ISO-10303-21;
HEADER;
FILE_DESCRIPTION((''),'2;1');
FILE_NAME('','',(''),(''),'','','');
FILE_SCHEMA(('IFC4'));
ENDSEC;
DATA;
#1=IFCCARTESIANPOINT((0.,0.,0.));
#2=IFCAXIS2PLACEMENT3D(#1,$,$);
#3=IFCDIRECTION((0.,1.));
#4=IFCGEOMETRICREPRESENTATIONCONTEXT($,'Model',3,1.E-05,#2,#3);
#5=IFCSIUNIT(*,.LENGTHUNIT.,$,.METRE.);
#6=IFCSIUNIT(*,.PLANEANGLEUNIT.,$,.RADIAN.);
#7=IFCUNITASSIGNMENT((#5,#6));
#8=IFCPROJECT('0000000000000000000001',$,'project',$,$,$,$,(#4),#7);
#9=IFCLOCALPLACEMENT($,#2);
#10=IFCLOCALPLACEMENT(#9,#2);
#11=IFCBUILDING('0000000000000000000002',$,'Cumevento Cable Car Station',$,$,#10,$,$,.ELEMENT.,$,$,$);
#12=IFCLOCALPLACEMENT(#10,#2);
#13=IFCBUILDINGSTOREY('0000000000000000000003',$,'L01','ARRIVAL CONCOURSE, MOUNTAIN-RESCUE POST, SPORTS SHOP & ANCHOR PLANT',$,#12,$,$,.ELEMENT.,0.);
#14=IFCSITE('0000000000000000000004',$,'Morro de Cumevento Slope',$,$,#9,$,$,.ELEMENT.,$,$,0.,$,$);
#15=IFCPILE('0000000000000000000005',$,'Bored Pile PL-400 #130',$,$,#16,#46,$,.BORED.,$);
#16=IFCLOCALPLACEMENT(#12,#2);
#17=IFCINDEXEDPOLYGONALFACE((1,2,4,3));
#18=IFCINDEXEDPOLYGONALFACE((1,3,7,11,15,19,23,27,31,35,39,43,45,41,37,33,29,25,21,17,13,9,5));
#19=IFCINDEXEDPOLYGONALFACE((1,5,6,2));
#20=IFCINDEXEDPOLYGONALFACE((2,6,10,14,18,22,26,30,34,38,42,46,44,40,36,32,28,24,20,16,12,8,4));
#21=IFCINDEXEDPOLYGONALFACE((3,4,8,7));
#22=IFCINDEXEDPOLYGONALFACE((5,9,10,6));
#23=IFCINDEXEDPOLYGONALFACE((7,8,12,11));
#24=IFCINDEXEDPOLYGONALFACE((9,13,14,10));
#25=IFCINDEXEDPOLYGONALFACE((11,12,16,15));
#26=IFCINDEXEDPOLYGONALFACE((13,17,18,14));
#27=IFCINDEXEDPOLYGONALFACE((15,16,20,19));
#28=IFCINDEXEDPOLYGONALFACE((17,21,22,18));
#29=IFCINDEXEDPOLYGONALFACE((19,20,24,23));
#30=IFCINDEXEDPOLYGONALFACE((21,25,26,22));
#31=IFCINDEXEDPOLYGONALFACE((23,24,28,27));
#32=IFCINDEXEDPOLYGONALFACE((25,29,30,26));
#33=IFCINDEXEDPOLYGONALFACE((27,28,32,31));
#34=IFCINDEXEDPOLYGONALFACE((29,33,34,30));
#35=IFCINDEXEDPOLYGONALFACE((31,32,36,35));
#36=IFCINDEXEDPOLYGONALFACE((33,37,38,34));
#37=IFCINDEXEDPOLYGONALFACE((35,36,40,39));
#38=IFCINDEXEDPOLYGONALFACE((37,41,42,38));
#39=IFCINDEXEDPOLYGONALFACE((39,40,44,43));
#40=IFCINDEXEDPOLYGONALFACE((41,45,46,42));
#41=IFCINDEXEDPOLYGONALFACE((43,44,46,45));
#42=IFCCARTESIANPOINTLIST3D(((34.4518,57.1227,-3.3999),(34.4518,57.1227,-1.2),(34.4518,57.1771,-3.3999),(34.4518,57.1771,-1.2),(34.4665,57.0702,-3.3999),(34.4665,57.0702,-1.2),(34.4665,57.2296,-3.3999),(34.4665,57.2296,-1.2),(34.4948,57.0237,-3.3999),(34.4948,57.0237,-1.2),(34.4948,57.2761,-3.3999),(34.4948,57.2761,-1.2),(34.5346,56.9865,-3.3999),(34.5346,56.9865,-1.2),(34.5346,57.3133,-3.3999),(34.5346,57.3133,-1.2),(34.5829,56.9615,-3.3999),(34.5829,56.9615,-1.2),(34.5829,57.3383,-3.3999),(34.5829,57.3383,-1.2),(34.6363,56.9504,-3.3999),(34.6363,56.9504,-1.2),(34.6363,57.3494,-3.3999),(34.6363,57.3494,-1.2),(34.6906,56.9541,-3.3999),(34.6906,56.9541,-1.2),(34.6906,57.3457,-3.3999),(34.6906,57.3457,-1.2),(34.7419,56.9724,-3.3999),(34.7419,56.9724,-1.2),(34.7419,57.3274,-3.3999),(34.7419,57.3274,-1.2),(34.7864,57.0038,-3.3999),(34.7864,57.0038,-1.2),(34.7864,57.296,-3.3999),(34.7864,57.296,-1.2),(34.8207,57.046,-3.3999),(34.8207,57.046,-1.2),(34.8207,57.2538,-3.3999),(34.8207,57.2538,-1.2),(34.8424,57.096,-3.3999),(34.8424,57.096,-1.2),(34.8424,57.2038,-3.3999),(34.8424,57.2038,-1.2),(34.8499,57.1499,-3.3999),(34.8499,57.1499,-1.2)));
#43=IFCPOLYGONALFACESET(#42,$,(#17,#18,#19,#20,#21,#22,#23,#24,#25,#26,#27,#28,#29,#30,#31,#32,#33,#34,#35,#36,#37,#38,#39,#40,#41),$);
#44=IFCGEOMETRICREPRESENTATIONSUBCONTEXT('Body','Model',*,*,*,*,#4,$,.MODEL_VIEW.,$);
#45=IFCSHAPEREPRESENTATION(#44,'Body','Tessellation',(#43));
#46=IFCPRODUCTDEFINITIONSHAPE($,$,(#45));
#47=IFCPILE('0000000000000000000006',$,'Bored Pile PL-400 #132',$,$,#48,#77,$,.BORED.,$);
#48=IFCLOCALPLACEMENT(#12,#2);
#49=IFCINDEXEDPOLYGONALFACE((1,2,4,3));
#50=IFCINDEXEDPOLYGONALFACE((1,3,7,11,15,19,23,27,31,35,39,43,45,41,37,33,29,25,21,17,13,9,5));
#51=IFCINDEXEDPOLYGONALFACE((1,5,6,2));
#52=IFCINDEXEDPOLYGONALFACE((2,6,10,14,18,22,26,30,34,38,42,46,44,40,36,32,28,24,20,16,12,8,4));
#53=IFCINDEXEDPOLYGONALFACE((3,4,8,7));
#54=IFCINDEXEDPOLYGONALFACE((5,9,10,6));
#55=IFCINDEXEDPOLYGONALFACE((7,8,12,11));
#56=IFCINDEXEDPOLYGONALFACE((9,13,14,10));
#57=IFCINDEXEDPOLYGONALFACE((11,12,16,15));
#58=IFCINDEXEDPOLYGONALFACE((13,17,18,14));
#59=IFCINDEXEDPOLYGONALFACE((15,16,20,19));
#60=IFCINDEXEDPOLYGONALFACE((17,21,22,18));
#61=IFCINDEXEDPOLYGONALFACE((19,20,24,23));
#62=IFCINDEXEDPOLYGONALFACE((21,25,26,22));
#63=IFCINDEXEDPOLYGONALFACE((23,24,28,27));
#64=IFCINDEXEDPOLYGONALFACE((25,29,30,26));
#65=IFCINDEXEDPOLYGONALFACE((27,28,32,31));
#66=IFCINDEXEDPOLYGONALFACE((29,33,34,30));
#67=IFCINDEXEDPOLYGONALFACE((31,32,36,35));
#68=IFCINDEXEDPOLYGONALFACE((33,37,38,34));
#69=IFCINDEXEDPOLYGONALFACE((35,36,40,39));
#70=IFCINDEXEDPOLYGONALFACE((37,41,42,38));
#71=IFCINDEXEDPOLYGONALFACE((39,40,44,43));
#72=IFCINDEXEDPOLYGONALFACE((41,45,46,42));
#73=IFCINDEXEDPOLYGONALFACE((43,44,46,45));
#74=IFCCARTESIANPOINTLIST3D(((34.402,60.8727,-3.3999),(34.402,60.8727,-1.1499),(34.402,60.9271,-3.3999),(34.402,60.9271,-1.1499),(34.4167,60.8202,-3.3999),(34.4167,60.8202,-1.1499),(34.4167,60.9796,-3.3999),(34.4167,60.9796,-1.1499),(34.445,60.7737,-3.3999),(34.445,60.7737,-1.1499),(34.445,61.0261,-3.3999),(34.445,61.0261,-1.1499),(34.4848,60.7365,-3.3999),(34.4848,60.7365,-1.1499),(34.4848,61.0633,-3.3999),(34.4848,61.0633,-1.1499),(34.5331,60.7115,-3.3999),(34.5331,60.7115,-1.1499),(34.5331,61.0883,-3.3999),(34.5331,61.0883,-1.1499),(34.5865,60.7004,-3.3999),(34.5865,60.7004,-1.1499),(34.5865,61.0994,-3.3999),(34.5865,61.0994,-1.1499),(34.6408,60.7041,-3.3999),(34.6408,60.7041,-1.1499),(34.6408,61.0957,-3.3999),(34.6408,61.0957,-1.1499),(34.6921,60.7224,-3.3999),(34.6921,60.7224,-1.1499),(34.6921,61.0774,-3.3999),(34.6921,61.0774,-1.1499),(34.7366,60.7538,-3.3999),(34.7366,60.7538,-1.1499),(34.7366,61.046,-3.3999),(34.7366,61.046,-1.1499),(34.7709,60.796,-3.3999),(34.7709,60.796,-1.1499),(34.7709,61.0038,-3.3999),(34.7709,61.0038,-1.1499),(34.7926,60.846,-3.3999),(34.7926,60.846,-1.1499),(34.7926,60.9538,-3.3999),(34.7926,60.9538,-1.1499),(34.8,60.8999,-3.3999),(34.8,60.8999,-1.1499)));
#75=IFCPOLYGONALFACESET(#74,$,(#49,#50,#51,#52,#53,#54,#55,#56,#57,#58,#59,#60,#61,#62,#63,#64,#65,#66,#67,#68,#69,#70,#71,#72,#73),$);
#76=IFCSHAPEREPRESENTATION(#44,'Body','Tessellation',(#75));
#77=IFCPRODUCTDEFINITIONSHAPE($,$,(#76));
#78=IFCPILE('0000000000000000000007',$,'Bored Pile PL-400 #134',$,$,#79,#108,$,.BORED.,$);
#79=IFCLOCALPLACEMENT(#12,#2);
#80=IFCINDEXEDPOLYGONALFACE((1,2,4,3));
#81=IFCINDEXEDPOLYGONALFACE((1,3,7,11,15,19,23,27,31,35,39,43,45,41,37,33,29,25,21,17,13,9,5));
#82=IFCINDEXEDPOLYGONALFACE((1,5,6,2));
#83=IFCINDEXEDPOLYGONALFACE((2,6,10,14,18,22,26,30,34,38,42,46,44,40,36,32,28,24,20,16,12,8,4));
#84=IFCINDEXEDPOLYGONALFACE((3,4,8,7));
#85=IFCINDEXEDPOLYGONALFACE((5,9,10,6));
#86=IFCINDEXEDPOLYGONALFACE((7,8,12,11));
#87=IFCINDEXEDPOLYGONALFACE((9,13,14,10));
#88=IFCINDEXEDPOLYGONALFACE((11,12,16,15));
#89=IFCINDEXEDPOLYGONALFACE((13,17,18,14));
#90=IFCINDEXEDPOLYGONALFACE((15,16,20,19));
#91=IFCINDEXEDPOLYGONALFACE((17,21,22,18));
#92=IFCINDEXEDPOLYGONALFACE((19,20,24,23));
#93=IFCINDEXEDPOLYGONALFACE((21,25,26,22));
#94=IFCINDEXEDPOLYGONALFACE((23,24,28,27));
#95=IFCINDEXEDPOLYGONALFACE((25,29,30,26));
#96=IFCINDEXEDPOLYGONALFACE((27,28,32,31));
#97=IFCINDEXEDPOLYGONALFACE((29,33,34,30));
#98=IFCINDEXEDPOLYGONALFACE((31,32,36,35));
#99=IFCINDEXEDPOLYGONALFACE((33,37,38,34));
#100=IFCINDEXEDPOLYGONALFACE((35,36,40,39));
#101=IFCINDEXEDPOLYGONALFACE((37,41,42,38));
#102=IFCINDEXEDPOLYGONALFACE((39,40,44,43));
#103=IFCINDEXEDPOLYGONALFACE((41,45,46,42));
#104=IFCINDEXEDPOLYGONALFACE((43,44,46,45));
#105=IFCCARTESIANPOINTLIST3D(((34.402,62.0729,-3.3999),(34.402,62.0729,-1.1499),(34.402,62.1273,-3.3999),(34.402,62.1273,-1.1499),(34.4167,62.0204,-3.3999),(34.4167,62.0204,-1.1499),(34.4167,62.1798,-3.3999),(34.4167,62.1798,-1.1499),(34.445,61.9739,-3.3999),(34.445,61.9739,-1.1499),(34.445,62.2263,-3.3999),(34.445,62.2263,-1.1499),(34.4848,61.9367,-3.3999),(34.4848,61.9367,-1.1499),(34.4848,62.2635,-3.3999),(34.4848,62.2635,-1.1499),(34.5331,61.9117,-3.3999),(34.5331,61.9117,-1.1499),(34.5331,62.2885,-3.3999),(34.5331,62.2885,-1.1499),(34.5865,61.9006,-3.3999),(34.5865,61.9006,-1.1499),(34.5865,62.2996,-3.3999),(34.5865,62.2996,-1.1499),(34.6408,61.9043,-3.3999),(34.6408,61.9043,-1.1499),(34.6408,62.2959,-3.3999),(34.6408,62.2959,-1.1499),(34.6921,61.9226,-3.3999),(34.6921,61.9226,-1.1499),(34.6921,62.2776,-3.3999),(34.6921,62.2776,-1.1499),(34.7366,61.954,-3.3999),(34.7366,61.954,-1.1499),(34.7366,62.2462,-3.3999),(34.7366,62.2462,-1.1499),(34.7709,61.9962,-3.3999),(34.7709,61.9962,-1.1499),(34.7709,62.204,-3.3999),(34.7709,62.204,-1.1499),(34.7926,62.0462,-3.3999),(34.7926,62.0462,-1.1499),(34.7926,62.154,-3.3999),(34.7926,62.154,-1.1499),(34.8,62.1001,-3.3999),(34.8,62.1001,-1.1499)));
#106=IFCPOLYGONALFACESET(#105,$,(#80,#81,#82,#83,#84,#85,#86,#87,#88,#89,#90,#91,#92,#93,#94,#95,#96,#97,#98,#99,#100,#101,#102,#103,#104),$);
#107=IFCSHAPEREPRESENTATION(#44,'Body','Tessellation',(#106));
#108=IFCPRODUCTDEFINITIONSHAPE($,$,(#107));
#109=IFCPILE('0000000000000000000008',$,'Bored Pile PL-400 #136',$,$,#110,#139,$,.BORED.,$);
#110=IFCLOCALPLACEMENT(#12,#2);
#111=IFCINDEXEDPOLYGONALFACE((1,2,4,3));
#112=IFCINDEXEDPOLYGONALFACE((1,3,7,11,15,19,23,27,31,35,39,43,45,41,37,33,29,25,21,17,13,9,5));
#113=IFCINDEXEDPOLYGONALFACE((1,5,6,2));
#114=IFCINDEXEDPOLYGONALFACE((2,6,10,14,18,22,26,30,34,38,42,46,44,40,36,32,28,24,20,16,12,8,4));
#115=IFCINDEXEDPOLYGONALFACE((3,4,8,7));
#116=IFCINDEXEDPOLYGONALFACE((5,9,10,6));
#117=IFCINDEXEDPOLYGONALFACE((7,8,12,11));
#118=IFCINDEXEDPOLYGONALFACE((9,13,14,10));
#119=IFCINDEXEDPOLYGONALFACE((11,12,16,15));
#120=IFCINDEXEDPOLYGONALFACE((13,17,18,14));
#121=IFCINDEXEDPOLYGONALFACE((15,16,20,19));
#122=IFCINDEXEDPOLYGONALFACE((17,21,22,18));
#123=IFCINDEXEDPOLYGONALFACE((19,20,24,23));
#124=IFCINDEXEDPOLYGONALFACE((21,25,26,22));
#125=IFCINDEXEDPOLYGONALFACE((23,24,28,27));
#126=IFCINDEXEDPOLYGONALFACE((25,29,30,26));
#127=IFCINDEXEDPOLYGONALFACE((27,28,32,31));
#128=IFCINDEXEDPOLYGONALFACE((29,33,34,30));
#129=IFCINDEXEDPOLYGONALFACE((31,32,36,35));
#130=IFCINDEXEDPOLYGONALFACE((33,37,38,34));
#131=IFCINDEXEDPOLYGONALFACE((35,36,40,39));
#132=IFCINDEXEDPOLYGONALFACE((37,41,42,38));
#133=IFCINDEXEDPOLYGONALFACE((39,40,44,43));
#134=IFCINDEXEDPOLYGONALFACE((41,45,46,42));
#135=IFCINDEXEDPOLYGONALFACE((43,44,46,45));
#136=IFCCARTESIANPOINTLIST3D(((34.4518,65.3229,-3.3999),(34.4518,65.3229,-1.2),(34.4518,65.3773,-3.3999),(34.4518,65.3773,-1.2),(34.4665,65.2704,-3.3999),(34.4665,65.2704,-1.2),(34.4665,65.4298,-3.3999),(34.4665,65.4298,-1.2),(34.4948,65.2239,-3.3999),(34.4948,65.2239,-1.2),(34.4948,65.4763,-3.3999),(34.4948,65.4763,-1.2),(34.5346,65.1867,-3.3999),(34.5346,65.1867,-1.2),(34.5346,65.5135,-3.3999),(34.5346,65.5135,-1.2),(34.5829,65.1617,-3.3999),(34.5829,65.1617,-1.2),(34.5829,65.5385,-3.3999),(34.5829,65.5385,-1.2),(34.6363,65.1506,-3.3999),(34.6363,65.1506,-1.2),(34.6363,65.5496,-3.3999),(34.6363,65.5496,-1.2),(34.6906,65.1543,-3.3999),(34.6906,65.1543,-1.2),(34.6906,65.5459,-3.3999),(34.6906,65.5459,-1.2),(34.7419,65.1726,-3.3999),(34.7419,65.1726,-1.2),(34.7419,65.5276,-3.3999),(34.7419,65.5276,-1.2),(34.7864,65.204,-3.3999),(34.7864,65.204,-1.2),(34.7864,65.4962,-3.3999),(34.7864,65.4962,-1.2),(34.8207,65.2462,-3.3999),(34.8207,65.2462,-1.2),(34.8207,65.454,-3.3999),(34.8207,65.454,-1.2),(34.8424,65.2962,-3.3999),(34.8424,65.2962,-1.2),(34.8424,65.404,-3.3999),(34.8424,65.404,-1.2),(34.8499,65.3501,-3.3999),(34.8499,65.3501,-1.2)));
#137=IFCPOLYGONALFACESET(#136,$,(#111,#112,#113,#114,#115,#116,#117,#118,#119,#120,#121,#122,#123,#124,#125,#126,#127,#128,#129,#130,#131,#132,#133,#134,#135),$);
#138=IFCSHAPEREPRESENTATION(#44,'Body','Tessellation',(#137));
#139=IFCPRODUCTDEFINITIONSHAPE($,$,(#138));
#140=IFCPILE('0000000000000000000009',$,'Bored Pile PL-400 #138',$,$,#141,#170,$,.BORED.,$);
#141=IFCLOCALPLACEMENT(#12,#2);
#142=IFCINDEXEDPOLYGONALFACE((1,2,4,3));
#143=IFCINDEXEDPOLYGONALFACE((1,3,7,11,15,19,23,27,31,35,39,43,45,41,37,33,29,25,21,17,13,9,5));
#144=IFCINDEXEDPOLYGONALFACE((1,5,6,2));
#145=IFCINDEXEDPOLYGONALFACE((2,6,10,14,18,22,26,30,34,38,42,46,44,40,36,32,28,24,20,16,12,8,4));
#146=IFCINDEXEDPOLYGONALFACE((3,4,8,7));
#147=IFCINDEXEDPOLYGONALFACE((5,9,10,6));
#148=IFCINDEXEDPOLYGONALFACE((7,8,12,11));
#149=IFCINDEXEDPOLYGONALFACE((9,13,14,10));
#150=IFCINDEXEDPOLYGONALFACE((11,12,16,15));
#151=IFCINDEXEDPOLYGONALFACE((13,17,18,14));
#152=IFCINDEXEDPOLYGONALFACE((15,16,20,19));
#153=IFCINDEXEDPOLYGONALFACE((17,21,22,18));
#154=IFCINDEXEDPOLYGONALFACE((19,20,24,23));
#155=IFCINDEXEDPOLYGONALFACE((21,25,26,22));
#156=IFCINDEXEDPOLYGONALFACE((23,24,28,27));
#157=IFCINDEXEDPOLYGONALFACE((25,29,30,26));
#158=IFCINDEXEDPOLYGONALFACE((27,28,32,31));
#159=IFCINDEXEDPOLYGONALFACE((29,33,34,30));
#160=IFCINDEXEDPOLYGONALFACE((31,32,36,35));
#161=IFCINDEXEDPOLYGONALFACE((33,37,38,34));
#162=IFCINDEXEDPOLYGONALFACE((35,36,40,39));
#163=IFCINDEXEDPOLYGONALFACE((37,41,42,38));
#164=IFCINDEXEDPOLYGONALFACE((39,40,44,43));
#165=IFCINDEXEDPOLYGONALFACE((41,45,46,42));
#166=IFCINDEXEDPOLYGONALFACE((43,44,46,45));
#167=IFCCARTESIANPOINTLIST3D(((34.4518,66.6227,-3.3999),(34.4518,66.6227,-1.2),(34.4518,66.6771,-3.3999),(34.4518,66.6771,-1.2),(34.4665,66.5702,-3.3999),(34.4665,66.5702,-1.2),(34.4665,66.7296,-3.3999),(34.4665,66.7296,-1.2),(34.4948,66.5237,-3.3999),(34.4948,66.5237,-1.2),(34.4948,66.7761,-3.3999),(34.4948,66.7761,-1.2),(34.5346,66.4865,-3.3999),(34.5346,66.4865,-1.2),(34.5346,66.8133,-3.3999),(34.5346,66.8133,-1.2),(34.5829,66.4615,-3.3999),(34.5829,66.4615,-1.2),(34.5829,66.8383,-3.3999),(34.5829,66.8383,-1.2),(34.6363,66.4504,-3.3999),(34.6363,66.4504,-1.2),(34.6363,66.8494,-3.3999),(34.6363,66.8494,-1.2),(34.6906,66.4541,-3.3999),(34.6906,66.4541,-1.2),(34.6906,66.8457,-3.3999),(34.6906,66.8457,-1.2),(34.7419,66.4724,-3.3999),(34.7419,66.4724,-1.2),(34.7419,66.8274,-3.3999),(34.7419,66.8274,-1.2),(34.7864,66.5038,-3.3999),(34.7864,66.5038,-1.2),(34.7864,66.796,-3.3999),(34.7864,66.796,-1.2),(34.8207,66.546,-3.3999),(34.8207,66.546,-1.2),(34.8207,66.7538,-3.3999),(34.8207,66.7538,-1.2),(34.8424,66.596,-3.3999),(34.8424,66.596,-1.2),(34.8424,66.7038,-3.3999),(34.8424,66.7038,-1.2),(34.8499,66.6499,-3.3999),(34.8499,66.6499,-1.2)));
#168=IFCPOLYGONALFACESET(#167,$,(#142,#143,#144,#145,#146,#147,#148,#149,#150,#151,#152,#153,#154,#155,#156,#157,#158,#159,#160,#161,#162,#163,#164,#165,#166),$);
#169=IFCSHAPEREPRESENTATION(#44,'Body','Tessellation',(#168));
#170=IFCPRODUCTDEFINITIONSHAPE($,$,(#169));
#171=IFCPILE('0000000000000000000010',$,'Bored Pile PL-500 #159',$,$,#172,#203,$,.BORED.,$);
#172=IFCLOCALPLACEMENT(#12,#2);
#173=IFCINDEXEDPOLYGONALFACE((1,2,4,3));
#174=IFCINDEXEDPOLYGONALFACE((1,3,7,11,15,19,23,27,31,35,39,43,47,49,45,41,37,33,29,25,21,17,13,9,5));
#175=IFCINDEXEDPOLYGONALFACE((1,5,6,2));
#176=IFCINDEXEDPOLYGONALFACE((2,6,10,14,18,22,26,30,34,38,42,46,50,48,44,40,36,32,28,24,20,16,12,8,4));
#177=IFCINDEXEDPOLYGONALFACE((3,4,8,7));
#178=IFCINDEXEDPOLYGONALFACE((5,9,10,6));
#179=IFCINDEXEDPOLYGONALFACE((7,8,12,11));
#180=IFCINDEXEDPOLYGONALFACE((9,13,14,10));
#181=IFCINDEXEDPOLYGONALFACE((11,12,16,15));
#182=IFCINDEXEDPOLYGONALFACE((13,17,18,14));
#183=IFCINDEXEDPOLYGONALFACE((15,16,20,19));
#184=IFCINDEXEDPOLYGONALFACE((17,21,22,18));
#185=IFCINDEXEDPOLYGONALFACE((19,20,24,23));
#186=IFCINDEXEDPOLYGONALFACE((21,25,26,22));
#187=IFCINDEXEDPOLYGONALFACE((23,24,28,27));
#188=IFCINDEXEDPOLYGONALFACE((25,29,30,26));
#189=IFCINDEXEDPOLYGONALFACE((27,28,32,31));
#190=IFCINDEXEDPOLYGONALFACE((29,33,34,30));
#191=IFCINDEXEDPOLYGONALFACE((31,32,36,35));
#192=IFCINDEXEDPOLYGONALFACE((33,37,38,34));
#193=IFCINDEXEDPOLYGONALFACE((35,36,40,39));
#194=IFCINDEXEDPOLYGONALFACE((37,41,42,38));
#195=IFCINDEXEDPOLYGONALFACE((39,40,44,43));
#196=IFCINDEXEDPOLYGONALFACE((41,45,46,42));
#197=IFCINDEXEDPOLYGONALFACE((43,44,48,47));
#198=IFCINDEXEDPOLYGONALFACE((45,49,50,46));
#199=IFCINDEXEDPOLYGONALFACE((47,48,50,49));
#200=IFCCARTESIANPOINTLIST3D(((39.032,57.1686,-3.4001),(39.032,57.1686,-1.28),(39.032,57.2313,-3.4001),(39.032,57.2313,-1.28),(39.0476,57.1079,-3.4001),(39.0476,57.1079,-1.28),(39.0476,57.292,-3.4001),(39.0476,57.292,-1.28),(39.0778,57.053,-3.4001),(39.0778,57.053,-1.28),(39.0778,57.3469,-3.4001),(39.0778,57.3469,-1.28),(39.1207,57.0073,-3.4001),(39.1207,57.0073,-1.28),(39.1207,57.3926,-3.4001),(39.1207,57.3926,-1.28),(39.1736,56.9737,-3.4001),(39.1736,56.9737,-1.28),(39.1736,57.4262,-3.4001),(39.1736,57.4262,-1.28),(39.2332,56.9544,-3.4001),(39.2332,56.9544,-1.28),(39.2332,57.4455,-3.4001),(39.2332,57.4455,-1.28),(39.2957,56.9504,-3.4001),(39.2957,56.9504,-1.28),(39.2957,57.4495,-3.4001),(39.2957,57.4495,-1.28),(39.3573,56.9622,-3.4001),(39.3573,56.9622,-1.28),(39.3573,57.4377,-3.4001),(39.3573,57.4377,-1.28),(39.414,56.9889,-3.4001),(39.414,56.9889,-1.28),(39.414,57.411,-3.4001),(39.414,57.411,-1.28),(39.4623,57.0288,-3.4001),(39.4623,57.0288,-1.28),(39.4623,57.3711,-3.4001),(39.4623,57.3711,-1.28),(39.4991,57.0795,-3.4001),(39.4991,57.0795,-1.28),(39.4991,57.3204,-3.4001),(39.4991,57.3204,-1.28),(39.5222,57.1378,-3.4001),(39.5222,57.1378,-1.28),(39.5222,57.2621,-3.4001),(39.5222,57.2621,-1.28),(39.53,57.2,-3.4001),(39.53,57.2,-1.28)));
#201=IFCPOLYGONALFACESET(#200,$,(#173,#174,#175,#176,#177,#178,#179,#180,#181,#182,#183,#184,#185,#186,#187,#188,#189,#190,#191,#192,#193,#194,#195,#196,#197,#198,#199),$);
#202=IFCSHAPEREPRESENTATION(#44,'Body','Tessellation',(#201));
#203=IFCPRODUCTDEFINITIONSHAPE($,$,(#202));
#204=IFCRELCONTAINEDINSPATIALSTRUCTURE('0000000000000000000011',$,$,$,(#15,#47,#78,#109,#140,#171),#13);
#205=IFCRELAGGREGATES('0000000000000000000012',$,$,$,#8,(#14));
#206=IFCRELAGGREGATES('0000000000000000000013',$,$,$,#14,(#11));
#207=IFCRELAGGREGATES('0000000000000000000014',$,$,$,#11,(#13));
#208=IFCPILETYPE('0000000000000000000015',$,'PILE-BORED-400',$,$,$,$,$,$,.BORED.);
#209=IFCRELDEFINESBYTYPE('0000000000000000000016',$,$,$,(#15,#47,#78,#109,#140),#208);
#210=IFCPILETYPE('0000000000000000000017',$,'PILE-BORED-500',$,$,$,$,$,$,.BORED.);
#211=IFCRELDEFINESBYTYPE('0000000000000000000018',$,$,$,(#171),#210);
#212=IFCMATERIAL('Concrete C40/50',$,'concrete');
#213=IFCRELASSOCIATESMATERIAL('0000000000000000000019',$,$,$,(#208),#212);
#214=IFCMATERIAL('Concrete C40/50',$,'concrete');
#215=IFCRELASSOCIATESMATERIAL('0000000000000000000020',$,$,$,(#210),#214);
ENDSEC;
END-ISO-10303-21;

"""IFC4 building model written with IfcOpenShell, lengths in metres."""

from ifc_helpers import new_model, si_unit, direction, frame, origin, origin_2d, place, context, subcontext, project, spatial, circle, extrude, material, material_profile, profile_set, type_object, element, save


model = new_model("IFC4")

# Units and contexts
model_context = context("Model", 3, precision=1e-05, world=origin(), true_north=direction((0.0, 1.0)))
body_context = subcontext(model_context, "Body", "Model", "MODEL_VIEW")
ifc_project = project(units=[si_unit("LENGTHUNIT", "METRE"), si_unit("PLANEANGLEUNIT", "RADIAN")], contexts=[model_context])

# Site, building, storey
site_placement = place(None, origin())
site = spatial("IfcSite", under=ifc_project, at=site_placement, Name="Morro de Cumevento Slope", CompositionType="ELEMENT", RefElevation=0.0)
building_placement = place(site_placement, origin())
building = spatial("IfcBuilding", under=site, at=building_placement, Name="Cumevento Cable Car Station", CompositionType="ELEMENT")
storey_placement = place(building_placement, origin())
storey = spatial("IfcBuildingStorey", under=building, at=storey_placement, Name="L01", Description="ARRIVAL CONCOURSE, MOUNTAIN-RESCUE POST, SPORTS SHOP & ANCHOR PLANT", CompositionType="ELEMENT", Elevation=0.0)

# Piles
ifc_material_1 = material(Name="Concrete C40/50", Category="concrete")
ifc_material_profile_1 = material_profile(ifc_material_1, circle(Radius=0.2, at=origin_2d()), Name="PILE-D400")
ifc_profile_set_1 = profile_set([ifc_material_profile_1], Name="Concrete C40/50")
pile_type_1 = type_object("IfcPileType", Name="PILE-BORED-400", PredefinedType="BORED", material=ifc_profile_set_1)
pile_1_placement = place(storey_placement, frame((34.6499, 57.1499, -1.2), z_axis=(0.0, 0.0, -1.0), x_axis=(1.0, 0.0, 0.0)))
element("IfcPile", 1, at=pile_1_placement, inside=storey, type_object=pile_type_1, Name="Bored Pile PL-400 #130", PredefinedType="BORED", context=body_context, shape_type="SweptSolid", body=[
    extrude(circle(Radius=0.2, at=origin_2d()), origin(), (0.0, 0.0, 1.0), 2.2),
])
for number, where, z_axis, x_axis, name in (
    (2, (34.6001, 60.8999, -1.1499), (0.0, 0.0, -1.0), (1.0, 0.0, 0.0), "Bored Pile PL-400 #132"),
    (3, (34.6001, 62.1001, -1.1499), (0.0, 0.0, -1.0), (1.0, 0.0, 0.0), "Bored Pile PL-400 #134"),
):
    element("IfcPile", number, at=place(storey_placement, frame(where, z_axis=z_axis, x_axis=x_axis)), inside=storey, type_object=pile_type_1, Name=name, PredefinedType="BORED", context=body_context, shape_type="SweptSolid", body=[
        extrude(circle(Radius=0.2, at=origin_2d()), origin(), (0.0, 0.0, 1.0), 2.25),
    ])
for number, where, z_axis, x_axis, name in (
    (4, (34.6499, 65.3501, -1.2), (0.0, 0.0, -1.0), (1.0, 0.0, 0.0), "Bored Pile PL-400 #136"),
    (5, (34.6499, 66.6499, -1.2), (0.0, 0.0, -1.0), (1.0, 0.0, 0.0), "Bored Pile PL-400 #138"),
):
    element("IfcPile", number, at=place(storey_placement, frame(where, z_axis=z_axis, x_axis=x_axis)), inside=storey, type_object=pile_type_1, Name=name, PredefinedType="BORED", context=body_context, shape_type="SweptSolid", body=[
        extrude(circle(Radius=0.2, at=origin_2d()), origin(), (0.0, 0.0, 1.0), 2.2),
    ])
ifc_material_2 = material(Name="Concrete C40/50", Category="concrete")
ifc_material_profile_2 = material_profile(ifc_material_2, circle(Radius=0.25, at=origin_2d()), Name="PILE-D500")
ifc_profile_set_2 = profile_set([ifc_material_profile_2], Name="Concrete C40/50")
pile_type_2 = type_object("IfcPileType", Name="PILE-BORED-500", PredefinedType="BORED", material=ifc_profile_set_2)
pile_2_placement = place(storey_placement, frame((39.28, 57.2, -1.28), z_axis=(0.0, 0.0, -1.0), x_axis=(1.0, 0.0, 0.0)))
element("IfcPile", 6, at=pile_2_placement, inside=storey, type_object=pile_type_2, Name="Bored Pile PL-500 #159", PredefinedType="BORED", context=body_context, shape_type="SweptSolid", body=[
    extrude(circle(Radius=0.25, at=origin_2d()), origin(), (0.0, 0.0, 1.0), 2.1201),
])

save(model, "model.ifc")
